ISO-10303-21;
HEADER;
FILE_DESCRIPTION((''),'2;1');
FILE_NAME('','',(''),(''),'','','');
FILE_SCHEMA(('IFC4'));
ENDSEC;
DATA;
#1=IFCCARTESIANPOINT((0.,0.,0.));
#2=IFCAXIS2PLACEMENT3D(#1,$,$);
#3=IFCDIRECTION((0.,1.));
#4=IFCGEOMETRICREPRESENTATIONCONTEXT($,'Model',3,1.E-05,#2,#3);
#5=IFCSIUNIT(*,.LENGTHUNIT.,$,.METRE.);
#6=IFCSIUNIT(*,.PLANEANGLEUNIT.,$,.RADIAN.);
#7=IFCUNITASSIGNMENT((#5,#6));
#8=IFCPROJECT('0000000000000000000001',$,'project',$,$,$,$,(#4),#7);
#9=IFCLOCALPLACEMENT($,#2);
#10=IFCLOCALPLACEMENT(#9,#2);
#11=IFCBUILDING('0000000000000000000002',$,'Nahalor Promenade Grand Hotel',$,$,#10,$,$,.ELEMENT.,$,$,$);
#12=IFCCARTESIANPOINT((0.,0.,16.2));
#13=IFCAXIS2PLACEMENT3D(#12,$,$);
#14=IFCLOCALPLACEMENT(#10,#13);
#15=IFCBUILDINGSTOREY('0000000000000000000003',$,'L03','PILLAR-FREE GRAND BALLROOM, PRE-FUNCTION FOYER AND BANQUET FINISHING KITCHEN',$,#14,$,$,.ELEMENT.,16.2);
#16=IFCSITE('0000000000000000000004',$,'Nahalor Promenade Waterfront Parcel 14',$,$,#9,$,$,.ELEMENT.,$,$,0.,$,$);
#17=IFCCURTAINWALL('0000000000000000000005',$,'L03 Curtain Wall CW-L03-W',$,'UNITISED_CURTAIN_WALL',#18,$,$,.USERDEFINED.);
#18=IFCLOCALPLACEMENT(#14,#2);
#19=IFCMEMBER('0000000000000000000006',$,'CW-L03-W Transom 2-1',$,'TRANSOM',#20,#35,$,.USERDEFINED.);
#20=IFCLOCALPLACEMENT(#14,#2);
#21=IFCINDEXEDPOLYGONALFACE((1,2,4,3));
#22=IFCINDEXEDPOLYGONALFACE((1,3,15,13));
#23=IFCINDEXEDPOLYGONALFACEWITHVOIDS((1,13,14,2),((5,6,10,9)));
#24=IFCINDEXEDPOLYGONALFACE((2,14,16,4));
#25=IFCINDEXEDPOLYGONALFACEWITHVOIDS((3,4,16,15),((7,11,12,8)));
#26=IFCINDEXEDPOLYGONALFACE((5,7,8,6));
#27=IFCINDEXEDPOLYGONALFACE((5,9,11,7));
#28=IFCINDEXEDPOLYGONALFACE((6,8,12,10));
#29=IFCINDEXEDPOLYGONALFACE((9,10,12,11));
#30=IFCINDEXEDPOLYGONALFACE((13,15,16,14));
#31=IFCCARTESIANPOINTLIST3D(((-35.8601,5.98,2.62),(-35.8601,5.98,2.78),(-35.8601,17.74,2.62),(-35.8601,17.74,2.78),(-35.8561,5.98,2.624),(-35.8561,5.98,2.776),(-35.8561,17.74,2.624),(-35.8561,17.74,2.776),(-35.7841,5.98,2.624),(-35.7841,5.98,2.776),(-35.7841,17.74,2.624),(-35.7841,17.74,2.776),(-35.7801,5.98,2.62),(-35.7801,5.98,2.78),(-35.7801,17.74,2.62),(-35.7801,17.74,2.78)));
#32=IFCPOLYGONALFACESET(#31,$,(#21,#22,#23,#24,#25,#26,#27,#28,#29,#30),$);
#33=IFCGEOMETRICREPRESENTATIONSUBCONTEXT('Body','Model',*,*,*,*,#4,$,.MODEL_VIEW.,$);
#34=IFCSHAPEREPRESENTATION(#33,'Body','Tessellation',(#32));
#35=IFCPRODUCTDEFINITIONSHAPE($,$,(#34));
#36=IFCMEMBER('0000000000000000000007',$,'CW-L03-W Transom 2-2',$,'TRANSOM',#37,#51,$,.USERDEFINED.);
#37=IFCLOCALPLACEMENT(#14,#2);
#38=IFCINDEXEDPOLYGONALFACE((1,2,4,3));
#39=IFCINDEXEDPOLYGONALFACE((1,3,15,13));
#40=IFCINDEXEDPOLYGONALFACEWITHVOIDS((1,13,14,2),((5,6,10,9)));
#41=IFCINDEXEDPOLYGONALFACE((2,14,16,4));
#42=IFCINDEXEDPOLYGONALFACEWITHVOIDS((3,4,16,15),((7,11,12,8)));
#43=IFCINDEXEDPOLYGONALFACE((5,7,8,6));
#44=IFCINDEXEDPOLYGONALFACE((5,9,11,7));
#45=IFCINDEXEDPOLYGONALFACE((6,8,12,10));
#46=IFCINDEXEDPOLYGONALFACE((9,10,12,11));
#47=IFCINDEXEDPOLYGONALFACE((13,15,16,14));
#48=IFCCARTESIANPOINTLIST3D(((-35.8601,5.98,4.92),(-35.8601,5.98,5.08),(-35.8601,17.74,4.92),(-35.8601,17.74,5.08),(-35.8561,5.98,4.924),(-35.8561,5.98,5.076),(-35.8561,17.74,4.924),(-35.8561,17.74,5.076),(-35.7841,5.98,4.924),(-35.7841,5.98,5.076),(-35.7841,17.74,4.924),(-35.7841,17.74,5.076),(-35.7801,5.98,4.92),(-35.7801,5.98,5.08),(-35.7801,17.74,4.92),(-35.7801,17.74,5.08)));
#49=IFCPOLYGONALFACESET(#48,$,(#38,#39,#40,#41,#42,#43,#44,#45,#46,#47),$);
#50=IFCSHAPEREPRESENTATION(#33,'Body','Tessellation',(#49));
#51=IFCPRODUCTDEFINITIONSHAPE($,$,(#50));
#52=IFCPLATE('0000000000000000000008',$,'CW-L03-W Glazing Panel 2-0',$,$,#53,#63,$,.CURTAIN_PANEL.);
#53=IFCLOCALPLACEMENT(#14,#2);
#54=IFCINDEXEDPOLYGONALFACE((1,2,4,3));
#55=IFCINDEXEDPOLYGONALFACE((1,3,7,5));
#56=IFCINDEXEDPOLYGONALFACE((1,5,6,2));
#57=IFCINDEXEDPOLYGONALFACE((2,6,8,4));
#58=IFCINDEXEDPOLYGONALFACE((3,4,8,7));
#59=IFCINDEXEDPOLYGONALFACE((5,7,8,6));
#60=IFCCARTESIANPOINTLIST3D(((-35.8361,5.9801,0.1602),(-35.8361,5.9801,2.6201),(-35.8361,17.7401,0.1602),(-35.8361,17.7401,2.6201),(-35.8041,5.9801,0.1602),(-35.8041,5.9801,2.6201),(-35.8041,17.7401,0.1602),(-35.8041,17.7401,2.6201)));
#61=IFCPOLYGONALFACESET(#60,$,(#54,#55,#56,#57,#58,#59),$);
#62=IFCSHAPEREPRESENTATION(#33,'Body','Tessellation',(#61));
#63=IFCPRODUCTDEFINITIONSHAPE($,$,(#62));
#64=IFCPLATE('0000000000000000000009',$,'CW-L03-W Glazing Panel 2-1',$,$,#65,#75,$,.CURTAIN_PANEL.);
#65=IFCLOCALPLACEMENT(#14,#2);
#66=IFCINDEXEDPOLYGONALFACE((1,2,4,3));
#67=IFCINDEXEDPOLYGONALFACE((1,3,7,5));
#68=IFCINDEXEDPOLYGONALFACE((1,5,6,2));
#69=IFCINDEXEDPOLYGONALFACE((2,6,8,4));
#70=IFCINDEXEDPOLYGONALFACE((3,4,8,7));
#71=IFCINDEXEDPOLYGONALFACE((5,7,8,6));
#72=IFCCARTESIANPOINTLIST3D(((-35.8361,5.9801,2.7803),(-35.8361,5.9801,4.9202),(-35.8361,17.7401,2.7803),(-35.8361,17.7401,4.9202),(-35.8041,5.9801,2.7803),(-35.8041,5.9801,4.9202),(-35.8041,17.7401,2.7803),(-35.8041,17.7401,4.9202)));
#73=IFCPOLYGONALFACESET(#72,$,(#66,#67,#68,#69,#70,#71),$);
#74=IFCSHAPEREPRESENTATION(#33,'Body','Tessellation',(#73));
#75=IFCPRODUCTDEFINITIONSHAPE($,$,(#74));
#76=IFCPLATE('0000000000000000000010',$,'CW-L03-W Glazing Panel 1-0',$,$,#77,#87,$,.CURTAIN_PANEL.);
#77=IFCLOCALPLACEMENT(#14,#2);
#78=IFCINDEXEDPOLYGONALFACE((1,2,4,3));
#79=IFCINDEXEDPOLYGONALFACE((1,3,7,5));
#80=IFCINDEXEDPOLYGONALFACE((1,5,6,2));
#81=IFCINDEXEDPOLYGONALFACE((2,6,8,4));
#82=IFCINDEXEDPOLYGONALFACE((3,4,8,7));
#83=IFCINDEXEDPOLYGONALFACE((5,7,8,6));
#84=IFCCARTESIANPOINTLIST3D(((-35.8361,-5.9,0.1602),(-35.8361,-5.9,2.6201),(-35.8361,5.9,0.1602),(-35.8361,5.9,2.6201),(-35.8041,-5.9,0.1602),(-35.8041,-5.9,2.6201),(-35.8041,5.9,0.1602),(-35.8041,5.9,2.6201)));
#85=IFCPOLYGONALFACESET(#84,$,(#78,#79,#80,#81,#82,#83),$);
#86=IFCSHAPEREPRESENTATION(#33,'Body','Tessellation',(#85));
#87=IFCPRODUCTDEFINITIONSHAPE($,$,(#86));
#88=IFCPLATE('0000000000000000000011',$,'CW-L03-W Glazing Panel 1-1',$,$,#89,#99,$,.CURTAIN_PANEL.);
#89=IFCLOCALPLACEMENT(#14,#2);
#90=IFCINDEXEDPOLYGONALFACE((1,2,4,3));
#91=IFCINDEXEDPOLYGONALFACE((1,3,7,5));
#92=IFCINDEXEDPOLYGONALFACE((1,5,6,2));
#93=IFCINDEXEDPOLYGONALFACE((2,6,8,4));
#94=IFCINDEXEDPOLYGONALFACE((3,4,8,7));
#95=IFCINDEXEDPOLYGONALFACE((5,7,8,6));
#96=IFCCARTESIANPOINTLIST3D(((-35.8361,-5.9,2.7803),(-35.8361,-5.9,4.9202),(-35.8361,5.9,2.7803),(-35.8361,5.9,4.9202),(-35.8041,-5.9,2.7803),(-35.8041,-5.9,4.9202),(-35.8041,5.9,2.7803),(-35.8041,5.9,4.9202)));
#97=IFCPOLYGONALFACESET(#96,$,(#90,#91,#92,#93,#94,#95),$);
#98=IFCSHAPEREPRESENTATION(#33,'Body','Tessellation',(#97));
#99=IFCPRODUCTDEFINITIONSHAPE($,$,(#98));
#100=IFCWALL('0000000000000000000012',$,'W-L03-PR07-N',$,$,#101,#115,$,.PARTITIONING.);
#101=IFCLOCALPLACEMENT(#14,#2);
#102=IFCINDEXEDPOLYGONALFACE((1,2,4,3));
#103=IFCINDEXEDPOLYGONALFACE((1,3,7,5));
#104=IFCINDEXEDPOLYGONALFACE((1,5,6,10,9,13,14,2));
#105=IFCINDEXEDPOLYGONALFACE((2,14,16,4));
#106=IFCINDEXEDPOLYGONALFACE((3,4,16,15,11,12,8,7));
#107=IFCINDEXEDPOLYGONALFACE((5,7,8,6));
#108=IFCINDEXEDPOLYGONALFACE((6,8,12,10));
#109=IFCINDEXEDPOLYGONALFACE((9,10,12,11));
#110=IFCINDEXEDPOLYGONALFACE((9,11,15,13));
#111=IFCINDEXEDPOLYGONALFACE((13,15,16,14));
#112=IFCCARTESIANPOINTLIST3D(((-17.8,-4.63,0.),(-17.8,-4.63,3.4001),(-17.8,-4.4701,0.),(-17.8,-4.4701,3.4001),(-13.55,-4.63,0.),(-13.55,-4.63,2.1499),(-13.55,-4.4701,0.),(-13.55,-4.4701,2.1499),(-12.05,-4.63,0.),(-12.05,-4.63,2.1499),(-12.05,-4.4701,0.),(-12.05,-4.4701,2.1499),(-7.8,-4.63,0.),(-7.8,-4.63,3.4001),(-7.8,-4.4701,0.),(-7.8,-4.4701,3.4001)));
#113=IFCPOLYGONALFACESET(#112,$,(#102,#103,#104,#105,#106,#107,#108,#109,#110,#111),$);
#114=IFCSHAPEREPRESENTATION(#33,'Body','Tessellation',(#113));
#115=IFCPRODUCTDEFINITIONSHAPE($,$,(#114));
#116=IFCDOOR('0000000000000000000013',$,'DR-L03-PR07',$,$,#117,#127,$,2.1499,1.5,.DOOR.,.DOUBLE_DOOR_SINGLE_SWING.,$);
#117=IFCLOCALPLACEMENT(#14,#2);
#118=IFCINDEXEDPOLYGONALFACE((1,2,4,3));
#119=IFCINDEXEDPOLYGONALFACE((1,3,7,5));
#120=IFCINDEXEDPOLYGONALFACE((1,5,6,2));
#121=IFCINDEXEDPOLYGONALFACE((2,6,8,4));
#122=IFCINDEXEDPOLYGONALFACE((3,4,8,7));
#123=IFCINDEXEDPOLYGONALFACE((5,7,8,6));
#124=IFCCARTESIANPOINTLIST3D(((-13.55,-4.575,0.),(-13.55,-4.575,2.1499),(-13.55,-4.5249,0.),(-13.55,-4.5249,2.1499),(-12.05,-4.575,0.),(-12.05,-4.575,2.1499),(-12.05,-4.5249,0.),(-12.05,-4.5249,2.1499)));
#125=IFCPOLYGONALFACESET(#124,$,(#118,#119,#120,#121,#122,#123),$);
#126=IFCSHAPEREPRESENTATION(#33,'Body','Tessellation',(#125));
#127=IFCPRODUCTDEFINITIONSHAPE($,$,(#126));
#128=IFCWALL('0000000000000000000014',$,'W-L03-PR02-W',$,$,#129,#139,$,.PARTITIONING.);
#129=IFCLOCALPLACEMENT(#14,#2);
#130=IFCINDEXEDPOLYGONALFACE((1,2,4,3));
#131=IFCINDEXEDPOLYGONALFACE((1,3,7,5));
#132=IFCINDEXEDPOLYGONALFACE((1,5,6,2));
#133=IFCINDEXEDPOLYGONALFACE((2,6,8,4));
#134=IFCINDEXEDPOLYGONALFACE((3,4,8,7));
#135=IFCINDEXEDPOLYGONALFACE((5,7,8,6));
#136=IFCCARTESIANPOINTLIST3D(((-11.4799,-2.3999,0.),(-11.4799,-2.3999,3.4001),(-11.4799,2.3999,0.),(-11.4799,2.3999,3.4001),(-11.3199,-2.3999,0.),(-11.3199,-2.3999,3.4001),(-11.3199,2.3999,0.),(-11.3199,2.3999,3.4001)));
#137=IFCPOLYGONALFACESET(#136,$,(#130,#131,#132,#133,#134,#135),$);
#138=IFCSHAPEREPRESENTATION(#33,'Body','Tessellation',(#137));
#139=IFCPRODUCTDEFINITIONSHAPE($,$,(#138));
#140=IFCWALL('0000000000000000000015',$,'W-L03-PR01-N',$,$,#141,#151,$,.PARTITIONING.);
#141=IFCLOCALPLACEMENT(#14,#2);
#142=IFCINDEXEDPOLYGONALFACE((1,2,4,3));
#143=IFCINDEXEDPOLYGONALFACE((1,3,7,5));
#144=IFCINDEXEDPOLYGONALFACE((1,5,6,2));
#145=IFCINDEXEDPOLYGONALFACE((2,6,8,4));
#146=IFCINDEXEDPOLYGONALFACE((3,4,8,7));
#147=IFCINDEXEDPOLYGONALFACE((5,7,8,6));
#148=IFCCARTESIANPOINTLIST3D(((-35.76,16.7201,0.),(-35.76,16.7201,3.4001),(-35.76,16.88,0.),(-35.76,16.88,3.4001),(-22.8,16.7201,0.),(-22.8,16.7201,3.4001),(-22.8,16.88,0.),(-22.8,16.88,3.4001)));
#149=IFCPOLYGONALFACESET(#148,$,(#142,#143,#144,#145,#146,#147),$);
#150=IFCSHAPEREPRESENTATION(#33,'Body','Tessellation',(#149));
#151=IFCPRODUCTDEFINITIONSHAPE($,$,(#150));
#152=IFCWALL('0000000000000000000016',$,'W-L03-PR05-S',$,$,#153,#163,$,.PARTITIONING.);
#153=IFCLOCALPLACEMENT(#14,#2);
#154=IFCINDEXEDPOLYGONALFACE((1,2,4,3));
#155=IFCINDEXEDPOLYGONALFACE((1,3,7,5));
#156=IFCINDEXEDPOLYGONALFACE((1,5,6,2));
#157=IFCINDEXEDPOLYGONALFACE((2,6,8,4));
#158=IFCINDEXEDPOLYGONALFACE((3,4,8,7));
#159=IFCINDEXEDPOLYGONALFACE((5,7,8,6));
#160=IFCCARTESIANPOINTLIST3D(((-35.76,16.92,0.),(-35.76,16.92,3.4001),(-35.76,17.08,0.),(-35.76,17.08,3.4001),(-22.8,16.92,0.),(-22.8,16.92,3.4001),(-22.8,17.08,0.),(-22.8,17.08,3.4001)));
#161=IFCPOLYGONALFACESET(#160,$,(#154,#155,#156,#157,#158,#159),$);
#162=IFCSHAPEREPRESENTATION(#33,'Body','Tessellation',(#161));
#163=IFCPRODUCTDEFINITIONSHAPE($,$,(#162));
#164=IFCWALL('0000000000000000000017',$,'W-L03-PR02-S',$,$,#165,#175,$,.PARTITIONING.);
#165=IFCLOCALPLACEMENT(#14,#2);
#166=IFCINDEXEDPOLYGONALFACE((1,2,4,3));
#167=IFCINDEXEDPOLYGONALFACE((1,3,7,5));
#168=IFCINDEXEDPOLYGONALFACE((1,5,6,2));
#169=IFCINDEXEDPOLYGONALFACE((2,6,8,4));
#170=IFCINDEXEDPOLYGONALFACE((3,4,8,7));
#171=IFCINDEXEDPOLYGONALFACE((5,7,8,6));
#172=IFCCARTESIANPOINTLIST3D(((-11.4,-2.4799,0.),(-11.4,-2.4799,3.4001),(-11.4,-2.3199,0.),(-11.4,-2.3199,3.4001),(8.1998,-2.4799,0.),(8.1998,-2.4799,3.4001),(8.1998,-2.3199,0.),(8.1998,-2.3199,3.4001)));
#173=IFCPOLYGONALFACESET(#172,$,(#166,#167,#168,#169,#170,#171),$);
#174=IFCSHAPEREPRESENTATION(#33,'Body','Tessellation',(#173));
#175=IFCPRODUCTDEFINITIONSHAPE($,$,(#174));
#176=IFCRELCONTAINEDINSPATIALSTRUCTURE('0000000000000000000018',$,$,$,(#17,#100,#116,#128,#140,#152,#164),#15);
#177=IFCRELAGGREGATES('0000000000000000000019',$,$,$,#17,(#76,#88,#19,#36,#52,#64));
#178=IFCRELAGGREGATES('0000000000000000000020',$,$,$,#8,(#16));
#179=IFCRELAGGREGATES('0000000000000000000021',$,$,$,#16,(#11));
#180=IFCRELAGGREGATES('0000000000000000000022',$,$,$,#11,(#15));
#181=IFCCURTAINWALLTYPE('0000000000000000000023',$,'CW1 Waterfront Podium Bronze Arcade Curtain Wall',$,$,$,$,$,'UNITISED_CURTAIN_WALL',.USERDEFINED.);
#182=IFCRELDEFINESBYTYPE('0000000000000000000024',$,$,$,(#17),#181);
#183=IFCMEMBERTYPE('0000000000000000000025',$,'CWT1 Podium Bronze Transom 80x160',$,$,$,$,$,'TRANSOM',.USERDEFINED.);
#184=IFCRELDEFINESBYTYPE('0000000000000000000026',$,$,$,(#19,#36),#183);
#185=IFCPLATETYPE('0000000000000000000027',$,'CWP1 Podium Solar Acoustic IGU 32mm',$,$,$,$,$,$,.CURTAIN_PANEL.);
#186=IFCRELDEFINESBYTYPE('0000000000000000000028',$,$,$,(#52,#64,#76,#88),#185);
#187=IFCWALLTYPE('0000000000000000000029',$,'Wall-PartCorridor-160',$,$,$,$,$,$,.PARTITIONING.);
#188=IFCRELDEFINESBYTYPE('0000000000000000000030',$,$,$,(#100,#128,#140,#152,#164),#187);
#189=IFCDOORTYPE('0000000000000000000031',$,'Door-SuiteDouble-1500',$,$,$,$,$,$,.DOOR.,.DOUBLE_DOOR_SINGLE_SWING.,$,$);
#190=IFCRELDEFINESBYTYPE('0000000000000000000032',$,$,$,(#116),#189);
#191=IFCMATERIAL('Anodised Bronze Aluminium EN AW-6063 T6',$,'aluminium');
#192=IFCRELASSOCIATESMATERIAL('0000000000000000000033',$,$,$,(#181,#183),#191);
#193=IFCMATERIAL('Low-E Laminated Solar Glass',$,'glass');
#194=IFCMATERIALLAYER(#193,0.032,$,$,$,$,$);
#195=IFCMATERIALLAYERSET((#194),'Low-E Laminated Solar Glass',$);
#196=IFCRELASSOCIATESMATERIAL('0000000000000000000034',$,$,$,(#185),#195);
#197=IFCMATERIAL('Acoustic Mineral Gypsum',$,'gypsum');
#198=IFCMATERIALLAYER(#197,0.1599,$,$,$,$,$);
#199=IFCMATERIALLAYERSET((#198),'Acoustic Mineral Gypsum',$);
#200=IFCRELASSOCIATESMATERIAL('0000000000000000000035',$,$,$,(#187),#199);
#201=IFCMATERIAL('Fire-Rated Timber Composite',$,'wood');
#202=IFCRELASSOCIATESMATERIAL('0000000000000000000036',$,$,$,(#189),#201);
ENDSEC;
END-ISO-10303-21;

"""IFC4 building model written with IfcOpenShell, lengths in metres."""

from ifc_helpers import new_model, si_unit, direction, frame, frame_2d, origin, origin_2d, place, context, subcontext, project, spatial, rectangle, hollow_rectangle, extrude, source, transform, mapped, material, layer, layer_set, material_profile, profile_set, type_object, element, fill, aggregate, save


model = new_model("IFC4")

# Units and contexts
model_context = context("Model", 3, precision=1e-05, world=origin(), true_north=direction((0.0, 1.0)))
body_context = subcontext(model_context, "Body", "Model", "MODEL_VIEW")
ifc_project = project(units=[si_unit("LENGTHUNIT", "METRE"), si_unit("PLANEANGLEUNIT", "RADIAN")], contexts=[model_context])

# Site, building, storey
site_placement = place(None, origin())
site = spatial("IfcSite", under=ifc_project, at=site_placement, Name="Nahalor Promenade Waterfront Parcel 14", CompositionType="ELEMENT", RefElevation=0.0)
building_placement = place(site_placement, origin())
building = spatial("IfcBuilding", under=site, at=building_placement, Name="Nahalor Promenade Grand Hotel", CompositionType="ELEMENT")
storey_placement = place(building_placement, frame((0.0, 0.0, 16.2)))
storey = spatial("IfcBuildingStorey", under=building, at=storey_placement, Name="L03", Description="PILLAR-FREE GRAND BALLROOM, PRE-FUNCTION FOYER AND BANQUET FINISHING KITCHEN", CompositionType="ELEMENT", Elevation=16.2)

# Curtain wall, members, plates
ifc_material_1 = material(Name="Anodised Bronze Aluminium EN AW-6063 T6", Category="aluminium")
curtain_wall_type = type_object("IfcCurtainWallType", Name="CW1 Waterfront Podium Bronze Arcade Curtain Wall", ElementType="UNITISED_CURTAIN_WALL", PredefinedType="USERDEFINED", material=ifc_material_1)
curtain_wall_placement = place(storey_placement, origin())
curtain_wall = element("IfcCurtainWall", 1, at=curtain_wall_placement, inside=storey, type_object=curtain_wall_type, Name="L03 Curtain Wall CW-L03-W", ObjectType="UNITISED_CURTAIN_WALL", PredefinedType="USERDEFINED")
ifc_material_profile_1 = material_profile(ifc_material_1, hollow_rectangle(XDim=0.08, YDim=0.16, WallThickness=0.004, at=origin_2d()), Name="CWT 80x160x4")
ifc_profile_set_1 = profile_set([ifc_material_profile_1], Name="Anodised Bronze Aluminium EN AW-6063 T6")
member_type_1 = type_object("IfcMemberType", Name="CWT1 Podium Bronze Transom 80x160", ElementType="TRANSOM", PredefinedType="USERDEFINED", material=ifc_profile_set_1)
shared_shape_1 = source(origin(), body_context, "Body", "SweptSolid", [
    extrude(hollow_rectangle(XDim=0.08, YDim=0.16, WallThickness=0.004, at=origin_2d()), origin(), (0.0, 0.0, 1.0), 11.76),
])
member_1_placement = place(storey_placement, frame((-35.8201, 5.98, 2.7), z_axis=(0.0, 1.0, 0.0), x_axis=(-1.0, 0.0, 0.0)))
member_1 = element("IfcMember", 2, at=member_1_placement, type_object=member_type_1, Name="CW-L03-W Transom 2-1", ObjectType="TRANSOM", PredefinedType="USERDEFINED", context=body_context, shape_type="MappedRepresentation", body=[
    mapped(shared_shape_1, transform((0.0, 0.0, 0.0), scale=1.0)),
])
member_2_placement = place(storey_placement, frame((-35.8201, 5.98, 5.0), z_axis=(0.0, 1.0, 0.0), x_axis=(-1.0, 0.0, 0.0)))
member_2 = element("IfcMember", 3, at=member_2_placement, type_object=member_type_1, Name="CW-L03-W Transom 2-2", ObjectType="TRANSOM", PredefinedType="USERDEFINED", context=body_context, shape_type="MappedRepresentation", body=[
    mapped(shared_shape_1, transform((0.0, 0.0, 0.0), scale=1.0)),
])
ifc_material_2 = material(Name="Low-E Laminated Solar Glass", Category="glass")
ifc_layer_1 = layer(ifc_material_2, 0.032)
ifc_layer_set_1 = layer_set([ifc_layer_1], Name="Low-E Laminated Solar Glass")
plate_type = type_object("IfcPlateType", Name="CWP1 Podium Solar Acoustic IGU 32mm", PredefinedType="CURTAIN_PANEL", material=ifc_layer_set_1)
shared_shape_2 = source(origin(), body_context, "Body", "SweptSolid", [
    extrude(rectangle(XDim=11.76, YDim=0.032, at=origin_2d()), origin(), (0.0, 0.0, 1.0), 2.46),
])
plate_1_placement = place(storey_placement, frame((-35.8201, 11.8601, 0.1602), z_axis=(0.0, 0.0, 1.0), x_axis=(0.0, 1.0, 0.0)))
plate_1 = element("IfcPlate", 4, at=plate_1_placement, type_object=plate_type, Name="CW-L03-W Glazing Panel 2-0", PredefinedType="CURTAIN_PANEL", context=body_context, shape_type="MappedRepresentation", body=[
    mapped(shared_shape_2, transform((0.0, 0.0, 0.0), scale=1.0)),
])
shared_shape_3 = source(origin(), body_context, "Body", "SweptSolid", [
    extrude(rectangle(XDim=11.76, YDim=0.032, at=origin_2d()), origin(), (0.0, 0.0, 1.0), 2.1399),
])
plate_2_placement = place(storey_placement, frame((-35.8201, 11.8601, 2.7803), z_axis=(0.0, 0.0, 1.0), x_axis=(0.0, 1.0, 0.0)))
plate_2 = element("IfcPlate", 5, at=plate_2_placement, type_object=plate_type, Name="CW-L03-W Glazing Panel 2-1", PredefinedType="CURTAIN_PANEL", context=body_context, shape_type="MappedRepresentation", body=[
    mapped(shared_shape_3, transform((0.0, 0.0, 0.0), scale=1.0)),
])
shared_shape_4 = source(origin(), body_context, "Body", "SweptSolid", [
    extrude(rectangle(XDim=11.8, YDim=0.032, at=origin_2d()), origin(), (0.0, 0.0, 1.0), 2.46),
])
plate_3_placement = place(storey_placement, frame((-35.8201, 0.0, 0.1602), z_axis=(0.0, 0.0, 1.0), x_axis=(0.0, 1.0, 0.0)))
plate_3 = element("IfcPlate", 6, at=plate_3_placement, type_object=plate_type, Name="CW-L03-W Glazing Panel 1-0", PredefinedType="CURTAIN_PANEL", context=body_context, shape_type="MappedRepresentation", body=[
    mapped(shared_shape_4, transform((0.0, 0.0, 0.0), scale=1.0)),
])
shared_shape_5 = source(origin(), body_context, "Body", "SweptSolid", [
    extrude(rectangle(XDim=11.8, YDim=0.032, at=origin_2d()), origin(), (0.0, 0.0, 1.0), 2.1399),
])
plate_4_placement = place(storey_placement, frame((-35.8201, 0.0, 2.7803), z_axis=(0.0, 0.0, 1.0), x_axis=(0.0, 1.0, 0.0)))
plate_4 = element("IfcPlate", 7, at=plate_4_placement, type_object=plate_type, Name="CW-L03-W Glazing Panel 1-1", PredefinedType="CURTAIN_PANEL", context=body_context, shape_type="MappedRepresentation", body=[
    mapped(shared_shape_5, transform((0.0, 0.0, 0.0), scale=1.0)),
])
aggregate(curtain_wall, [plate_3, plate_4, member_1, member_2, plate_1, plate_2])

# Wall, opening, door
ifc_material_3 = material(Name="Acoustic Mineral Gypsum", Category="gypsum")
ifc_layer_2 = layer(ifc_material_3, 0.1599)
ifc_layer_set_2 = layer_set([ifc_layer_2], Name="Acoustic Mineral Gypsum")
wall_type = type_object("IfcWallType", Name="Wall-PartCorridor-160", PredefinedType="PARTITIONING", material=ifc_layer_set_2)
shared_shape_6 = source(origin(), body_context, "Body", "SweptSolid", [
    extrude(rectangle(XDim=10.0, YDim=0.1599, at=frame_2d((5.0, 0.0))), origin(), (0.0, 0.0, 1.0), 3.4001),
])
wall_1_placement = place(storey_placement, frame((-17.8, -4.55, 0.0), z_axis=(0.0, 0.0, 1.0), x_axis=(1.0, 0.0, 0.0)))
wall_1 = element("IfcWall", 8, at=wall_1_placement, inside=storey, type_object=wall_type, Name="W-L03-PR07-N", PredefinedType="PARTITIONING", context=body_context, shape_type="MappedRepresentation", body=[
    mapped(shared_shape_6, transform((0.0, 0.0, 0.0), scale=1.0)),
])
opening_1_placement = place(wall_1_placement, frame((4.25, 0.0, 0.0)))
opening_1 = element("IfcOpeningElement", 9, at=opening_1_placement, cuts=wall_1, PredefinedType="OPENING", context=body_context, shape_type="SweptSolid", body=[
    extrude(rectangle(XDim=1.5, YDim=2.1499, at=frame_2d((0.75, 1.075))), frame((0.0, 0.0898, 0.0), z_axis=(0.0, -1.0, 0.0), x_axis=(1.0, 0.0, 0.0)), (0.0, 0.0, 1.0), 0.1799),
])
ifc_material_4 = material(Name="Fire-Rated Timber Composite", Category="wood")
door_type = type_object("IfcDoorType", Name="Door-SuiteDouble-1500", OperationType="DOUBLE_DOOR_SINGLE_SWING", PredefinedType="DOOR", material=ifc_material_4)
shared_shape_7 = source(origin(), body_context, "Body", "SweptSolid", [
    extrude(rectangle(XDim=1.5, YDim=2.1499, at=frame_2d((0.75, 1.075))), frame((0.0, 0.0249, 0.0), z_axis=(0.0, -1.0, 0.0), x_axis=(1.0, 0.0, 0.0)), (0.0, 0.0, 1.0), 0.05),
])
door_1_placement = place(opening_1_placement, frame((1.5, 0.0, 0.0), z_axis=(0.0, 0.0, 1.0), x_axis=(-1.0, 0.0, 0.0)))
door_1 = element("IfcDoor", 10, at=door_1_placement, inside=storey, type_object=door_type, Name="DR-L03-PR07", OperationType="DOUBLE_DOOR_SINGLE_SWING", OverallHeight=2.1499, OverallWidth=1.5, PredefinedType="DOOR", context=body_context, shape_type="MappedRepresentation", body=[
    mapped(shared_shape_7, transform((0.0, 0.0, 0.0), scale=1.0)),
])
fill(opening_1, door_1)

# Walls
shared_shape_8 = source(origin(), body_context, "Body", "SweptSolid", [
    extrude(rectangle(XDim=4.7998, YDim=0.1599, at=frame_2d((2.3999, 0.0))), origin(), (0.0, 0.0, 1.0), 3.4001),
])
wall_2_placement = place(storey_placement, frame((-11.3999, -2.3999, 0.0), z_axis=(0.0, 0.0, 1.0), x_axis=(0.0, 1.0, 0.0)))
element("IfcWall", 11, at=wall_2_placement, inside=storey, type_object=wall_type, Name="W-L03-PR02-W", PredefinedType="PARTITIONING", context=body_context, shape_type="MappedRepresentation", body=[
    mapped(shared_shape_8, transform((0.0, 0.0, 0.0), scale=1.0)),
])
shared_shape_9 = source(origin(), body_context, "Body", "SweptSolid", [
    extrude(rectangle(XDim=12.96, YDim=0.1599, at=frame_2d((6.48, 0.0))), origin(), (0.0, 0.0, 1.0), 3.4001),
])
for number, where, z_axis, x_axis, name in (
    (12, (-35.76, 16.8, 0.0), (0.0, 0.0, 1.0), (1.0, 0.0, 0.0), "W-L03-PR01-N"),
    (13, (-35.76, 17.0, 0.0), (0.0, 0.0, 1.0), (1.0, 0.0, 0.0), "W-L03-PR05-S"),
):
    element("IfcWall", number, at=place(storey_placement, frame(where, z_axis=z_axis, x_axis=x_axis)), inside=storey, type_object=wall_type, Name=name, PredefinedType="PARTITIONING", context=body_context, shape_type="MappedRepresentation", body=[
        mapped(shared_shape_9, transform((0.0, 0.0, 0.0), scale=1.0)),
    ])
shared_shape_10 = source(origin(), body_context, "Body", "SweptSolid", [
    extrude(rectangle(XDim=19.5999, YDim=0.1599, at=frame_2d((9.7998, 0.0))), origin(), (0.0, 0.0, 1.0), 3.4001),
])
wall_3_placement = place(storey_placement, frame((-11.3999, -2.3999, 0.0), z_axis=(0.0, 0.0, 1.0), x_axis=(1.0, 0.0, 0.0)))
element("IfcWall", 14, at=wall_3_placement, inside=storey, type_object=wall_type, Name="W-L03-PR02-S", PredefinedType="PARTITIONING", context=body_context, shape_type="MappedRepresentation", body=[
    mapped(shared_shape_10, transform((0.0, 0.0, 0.0), scale=1.0)),
])

save(model, "model.ifc")
